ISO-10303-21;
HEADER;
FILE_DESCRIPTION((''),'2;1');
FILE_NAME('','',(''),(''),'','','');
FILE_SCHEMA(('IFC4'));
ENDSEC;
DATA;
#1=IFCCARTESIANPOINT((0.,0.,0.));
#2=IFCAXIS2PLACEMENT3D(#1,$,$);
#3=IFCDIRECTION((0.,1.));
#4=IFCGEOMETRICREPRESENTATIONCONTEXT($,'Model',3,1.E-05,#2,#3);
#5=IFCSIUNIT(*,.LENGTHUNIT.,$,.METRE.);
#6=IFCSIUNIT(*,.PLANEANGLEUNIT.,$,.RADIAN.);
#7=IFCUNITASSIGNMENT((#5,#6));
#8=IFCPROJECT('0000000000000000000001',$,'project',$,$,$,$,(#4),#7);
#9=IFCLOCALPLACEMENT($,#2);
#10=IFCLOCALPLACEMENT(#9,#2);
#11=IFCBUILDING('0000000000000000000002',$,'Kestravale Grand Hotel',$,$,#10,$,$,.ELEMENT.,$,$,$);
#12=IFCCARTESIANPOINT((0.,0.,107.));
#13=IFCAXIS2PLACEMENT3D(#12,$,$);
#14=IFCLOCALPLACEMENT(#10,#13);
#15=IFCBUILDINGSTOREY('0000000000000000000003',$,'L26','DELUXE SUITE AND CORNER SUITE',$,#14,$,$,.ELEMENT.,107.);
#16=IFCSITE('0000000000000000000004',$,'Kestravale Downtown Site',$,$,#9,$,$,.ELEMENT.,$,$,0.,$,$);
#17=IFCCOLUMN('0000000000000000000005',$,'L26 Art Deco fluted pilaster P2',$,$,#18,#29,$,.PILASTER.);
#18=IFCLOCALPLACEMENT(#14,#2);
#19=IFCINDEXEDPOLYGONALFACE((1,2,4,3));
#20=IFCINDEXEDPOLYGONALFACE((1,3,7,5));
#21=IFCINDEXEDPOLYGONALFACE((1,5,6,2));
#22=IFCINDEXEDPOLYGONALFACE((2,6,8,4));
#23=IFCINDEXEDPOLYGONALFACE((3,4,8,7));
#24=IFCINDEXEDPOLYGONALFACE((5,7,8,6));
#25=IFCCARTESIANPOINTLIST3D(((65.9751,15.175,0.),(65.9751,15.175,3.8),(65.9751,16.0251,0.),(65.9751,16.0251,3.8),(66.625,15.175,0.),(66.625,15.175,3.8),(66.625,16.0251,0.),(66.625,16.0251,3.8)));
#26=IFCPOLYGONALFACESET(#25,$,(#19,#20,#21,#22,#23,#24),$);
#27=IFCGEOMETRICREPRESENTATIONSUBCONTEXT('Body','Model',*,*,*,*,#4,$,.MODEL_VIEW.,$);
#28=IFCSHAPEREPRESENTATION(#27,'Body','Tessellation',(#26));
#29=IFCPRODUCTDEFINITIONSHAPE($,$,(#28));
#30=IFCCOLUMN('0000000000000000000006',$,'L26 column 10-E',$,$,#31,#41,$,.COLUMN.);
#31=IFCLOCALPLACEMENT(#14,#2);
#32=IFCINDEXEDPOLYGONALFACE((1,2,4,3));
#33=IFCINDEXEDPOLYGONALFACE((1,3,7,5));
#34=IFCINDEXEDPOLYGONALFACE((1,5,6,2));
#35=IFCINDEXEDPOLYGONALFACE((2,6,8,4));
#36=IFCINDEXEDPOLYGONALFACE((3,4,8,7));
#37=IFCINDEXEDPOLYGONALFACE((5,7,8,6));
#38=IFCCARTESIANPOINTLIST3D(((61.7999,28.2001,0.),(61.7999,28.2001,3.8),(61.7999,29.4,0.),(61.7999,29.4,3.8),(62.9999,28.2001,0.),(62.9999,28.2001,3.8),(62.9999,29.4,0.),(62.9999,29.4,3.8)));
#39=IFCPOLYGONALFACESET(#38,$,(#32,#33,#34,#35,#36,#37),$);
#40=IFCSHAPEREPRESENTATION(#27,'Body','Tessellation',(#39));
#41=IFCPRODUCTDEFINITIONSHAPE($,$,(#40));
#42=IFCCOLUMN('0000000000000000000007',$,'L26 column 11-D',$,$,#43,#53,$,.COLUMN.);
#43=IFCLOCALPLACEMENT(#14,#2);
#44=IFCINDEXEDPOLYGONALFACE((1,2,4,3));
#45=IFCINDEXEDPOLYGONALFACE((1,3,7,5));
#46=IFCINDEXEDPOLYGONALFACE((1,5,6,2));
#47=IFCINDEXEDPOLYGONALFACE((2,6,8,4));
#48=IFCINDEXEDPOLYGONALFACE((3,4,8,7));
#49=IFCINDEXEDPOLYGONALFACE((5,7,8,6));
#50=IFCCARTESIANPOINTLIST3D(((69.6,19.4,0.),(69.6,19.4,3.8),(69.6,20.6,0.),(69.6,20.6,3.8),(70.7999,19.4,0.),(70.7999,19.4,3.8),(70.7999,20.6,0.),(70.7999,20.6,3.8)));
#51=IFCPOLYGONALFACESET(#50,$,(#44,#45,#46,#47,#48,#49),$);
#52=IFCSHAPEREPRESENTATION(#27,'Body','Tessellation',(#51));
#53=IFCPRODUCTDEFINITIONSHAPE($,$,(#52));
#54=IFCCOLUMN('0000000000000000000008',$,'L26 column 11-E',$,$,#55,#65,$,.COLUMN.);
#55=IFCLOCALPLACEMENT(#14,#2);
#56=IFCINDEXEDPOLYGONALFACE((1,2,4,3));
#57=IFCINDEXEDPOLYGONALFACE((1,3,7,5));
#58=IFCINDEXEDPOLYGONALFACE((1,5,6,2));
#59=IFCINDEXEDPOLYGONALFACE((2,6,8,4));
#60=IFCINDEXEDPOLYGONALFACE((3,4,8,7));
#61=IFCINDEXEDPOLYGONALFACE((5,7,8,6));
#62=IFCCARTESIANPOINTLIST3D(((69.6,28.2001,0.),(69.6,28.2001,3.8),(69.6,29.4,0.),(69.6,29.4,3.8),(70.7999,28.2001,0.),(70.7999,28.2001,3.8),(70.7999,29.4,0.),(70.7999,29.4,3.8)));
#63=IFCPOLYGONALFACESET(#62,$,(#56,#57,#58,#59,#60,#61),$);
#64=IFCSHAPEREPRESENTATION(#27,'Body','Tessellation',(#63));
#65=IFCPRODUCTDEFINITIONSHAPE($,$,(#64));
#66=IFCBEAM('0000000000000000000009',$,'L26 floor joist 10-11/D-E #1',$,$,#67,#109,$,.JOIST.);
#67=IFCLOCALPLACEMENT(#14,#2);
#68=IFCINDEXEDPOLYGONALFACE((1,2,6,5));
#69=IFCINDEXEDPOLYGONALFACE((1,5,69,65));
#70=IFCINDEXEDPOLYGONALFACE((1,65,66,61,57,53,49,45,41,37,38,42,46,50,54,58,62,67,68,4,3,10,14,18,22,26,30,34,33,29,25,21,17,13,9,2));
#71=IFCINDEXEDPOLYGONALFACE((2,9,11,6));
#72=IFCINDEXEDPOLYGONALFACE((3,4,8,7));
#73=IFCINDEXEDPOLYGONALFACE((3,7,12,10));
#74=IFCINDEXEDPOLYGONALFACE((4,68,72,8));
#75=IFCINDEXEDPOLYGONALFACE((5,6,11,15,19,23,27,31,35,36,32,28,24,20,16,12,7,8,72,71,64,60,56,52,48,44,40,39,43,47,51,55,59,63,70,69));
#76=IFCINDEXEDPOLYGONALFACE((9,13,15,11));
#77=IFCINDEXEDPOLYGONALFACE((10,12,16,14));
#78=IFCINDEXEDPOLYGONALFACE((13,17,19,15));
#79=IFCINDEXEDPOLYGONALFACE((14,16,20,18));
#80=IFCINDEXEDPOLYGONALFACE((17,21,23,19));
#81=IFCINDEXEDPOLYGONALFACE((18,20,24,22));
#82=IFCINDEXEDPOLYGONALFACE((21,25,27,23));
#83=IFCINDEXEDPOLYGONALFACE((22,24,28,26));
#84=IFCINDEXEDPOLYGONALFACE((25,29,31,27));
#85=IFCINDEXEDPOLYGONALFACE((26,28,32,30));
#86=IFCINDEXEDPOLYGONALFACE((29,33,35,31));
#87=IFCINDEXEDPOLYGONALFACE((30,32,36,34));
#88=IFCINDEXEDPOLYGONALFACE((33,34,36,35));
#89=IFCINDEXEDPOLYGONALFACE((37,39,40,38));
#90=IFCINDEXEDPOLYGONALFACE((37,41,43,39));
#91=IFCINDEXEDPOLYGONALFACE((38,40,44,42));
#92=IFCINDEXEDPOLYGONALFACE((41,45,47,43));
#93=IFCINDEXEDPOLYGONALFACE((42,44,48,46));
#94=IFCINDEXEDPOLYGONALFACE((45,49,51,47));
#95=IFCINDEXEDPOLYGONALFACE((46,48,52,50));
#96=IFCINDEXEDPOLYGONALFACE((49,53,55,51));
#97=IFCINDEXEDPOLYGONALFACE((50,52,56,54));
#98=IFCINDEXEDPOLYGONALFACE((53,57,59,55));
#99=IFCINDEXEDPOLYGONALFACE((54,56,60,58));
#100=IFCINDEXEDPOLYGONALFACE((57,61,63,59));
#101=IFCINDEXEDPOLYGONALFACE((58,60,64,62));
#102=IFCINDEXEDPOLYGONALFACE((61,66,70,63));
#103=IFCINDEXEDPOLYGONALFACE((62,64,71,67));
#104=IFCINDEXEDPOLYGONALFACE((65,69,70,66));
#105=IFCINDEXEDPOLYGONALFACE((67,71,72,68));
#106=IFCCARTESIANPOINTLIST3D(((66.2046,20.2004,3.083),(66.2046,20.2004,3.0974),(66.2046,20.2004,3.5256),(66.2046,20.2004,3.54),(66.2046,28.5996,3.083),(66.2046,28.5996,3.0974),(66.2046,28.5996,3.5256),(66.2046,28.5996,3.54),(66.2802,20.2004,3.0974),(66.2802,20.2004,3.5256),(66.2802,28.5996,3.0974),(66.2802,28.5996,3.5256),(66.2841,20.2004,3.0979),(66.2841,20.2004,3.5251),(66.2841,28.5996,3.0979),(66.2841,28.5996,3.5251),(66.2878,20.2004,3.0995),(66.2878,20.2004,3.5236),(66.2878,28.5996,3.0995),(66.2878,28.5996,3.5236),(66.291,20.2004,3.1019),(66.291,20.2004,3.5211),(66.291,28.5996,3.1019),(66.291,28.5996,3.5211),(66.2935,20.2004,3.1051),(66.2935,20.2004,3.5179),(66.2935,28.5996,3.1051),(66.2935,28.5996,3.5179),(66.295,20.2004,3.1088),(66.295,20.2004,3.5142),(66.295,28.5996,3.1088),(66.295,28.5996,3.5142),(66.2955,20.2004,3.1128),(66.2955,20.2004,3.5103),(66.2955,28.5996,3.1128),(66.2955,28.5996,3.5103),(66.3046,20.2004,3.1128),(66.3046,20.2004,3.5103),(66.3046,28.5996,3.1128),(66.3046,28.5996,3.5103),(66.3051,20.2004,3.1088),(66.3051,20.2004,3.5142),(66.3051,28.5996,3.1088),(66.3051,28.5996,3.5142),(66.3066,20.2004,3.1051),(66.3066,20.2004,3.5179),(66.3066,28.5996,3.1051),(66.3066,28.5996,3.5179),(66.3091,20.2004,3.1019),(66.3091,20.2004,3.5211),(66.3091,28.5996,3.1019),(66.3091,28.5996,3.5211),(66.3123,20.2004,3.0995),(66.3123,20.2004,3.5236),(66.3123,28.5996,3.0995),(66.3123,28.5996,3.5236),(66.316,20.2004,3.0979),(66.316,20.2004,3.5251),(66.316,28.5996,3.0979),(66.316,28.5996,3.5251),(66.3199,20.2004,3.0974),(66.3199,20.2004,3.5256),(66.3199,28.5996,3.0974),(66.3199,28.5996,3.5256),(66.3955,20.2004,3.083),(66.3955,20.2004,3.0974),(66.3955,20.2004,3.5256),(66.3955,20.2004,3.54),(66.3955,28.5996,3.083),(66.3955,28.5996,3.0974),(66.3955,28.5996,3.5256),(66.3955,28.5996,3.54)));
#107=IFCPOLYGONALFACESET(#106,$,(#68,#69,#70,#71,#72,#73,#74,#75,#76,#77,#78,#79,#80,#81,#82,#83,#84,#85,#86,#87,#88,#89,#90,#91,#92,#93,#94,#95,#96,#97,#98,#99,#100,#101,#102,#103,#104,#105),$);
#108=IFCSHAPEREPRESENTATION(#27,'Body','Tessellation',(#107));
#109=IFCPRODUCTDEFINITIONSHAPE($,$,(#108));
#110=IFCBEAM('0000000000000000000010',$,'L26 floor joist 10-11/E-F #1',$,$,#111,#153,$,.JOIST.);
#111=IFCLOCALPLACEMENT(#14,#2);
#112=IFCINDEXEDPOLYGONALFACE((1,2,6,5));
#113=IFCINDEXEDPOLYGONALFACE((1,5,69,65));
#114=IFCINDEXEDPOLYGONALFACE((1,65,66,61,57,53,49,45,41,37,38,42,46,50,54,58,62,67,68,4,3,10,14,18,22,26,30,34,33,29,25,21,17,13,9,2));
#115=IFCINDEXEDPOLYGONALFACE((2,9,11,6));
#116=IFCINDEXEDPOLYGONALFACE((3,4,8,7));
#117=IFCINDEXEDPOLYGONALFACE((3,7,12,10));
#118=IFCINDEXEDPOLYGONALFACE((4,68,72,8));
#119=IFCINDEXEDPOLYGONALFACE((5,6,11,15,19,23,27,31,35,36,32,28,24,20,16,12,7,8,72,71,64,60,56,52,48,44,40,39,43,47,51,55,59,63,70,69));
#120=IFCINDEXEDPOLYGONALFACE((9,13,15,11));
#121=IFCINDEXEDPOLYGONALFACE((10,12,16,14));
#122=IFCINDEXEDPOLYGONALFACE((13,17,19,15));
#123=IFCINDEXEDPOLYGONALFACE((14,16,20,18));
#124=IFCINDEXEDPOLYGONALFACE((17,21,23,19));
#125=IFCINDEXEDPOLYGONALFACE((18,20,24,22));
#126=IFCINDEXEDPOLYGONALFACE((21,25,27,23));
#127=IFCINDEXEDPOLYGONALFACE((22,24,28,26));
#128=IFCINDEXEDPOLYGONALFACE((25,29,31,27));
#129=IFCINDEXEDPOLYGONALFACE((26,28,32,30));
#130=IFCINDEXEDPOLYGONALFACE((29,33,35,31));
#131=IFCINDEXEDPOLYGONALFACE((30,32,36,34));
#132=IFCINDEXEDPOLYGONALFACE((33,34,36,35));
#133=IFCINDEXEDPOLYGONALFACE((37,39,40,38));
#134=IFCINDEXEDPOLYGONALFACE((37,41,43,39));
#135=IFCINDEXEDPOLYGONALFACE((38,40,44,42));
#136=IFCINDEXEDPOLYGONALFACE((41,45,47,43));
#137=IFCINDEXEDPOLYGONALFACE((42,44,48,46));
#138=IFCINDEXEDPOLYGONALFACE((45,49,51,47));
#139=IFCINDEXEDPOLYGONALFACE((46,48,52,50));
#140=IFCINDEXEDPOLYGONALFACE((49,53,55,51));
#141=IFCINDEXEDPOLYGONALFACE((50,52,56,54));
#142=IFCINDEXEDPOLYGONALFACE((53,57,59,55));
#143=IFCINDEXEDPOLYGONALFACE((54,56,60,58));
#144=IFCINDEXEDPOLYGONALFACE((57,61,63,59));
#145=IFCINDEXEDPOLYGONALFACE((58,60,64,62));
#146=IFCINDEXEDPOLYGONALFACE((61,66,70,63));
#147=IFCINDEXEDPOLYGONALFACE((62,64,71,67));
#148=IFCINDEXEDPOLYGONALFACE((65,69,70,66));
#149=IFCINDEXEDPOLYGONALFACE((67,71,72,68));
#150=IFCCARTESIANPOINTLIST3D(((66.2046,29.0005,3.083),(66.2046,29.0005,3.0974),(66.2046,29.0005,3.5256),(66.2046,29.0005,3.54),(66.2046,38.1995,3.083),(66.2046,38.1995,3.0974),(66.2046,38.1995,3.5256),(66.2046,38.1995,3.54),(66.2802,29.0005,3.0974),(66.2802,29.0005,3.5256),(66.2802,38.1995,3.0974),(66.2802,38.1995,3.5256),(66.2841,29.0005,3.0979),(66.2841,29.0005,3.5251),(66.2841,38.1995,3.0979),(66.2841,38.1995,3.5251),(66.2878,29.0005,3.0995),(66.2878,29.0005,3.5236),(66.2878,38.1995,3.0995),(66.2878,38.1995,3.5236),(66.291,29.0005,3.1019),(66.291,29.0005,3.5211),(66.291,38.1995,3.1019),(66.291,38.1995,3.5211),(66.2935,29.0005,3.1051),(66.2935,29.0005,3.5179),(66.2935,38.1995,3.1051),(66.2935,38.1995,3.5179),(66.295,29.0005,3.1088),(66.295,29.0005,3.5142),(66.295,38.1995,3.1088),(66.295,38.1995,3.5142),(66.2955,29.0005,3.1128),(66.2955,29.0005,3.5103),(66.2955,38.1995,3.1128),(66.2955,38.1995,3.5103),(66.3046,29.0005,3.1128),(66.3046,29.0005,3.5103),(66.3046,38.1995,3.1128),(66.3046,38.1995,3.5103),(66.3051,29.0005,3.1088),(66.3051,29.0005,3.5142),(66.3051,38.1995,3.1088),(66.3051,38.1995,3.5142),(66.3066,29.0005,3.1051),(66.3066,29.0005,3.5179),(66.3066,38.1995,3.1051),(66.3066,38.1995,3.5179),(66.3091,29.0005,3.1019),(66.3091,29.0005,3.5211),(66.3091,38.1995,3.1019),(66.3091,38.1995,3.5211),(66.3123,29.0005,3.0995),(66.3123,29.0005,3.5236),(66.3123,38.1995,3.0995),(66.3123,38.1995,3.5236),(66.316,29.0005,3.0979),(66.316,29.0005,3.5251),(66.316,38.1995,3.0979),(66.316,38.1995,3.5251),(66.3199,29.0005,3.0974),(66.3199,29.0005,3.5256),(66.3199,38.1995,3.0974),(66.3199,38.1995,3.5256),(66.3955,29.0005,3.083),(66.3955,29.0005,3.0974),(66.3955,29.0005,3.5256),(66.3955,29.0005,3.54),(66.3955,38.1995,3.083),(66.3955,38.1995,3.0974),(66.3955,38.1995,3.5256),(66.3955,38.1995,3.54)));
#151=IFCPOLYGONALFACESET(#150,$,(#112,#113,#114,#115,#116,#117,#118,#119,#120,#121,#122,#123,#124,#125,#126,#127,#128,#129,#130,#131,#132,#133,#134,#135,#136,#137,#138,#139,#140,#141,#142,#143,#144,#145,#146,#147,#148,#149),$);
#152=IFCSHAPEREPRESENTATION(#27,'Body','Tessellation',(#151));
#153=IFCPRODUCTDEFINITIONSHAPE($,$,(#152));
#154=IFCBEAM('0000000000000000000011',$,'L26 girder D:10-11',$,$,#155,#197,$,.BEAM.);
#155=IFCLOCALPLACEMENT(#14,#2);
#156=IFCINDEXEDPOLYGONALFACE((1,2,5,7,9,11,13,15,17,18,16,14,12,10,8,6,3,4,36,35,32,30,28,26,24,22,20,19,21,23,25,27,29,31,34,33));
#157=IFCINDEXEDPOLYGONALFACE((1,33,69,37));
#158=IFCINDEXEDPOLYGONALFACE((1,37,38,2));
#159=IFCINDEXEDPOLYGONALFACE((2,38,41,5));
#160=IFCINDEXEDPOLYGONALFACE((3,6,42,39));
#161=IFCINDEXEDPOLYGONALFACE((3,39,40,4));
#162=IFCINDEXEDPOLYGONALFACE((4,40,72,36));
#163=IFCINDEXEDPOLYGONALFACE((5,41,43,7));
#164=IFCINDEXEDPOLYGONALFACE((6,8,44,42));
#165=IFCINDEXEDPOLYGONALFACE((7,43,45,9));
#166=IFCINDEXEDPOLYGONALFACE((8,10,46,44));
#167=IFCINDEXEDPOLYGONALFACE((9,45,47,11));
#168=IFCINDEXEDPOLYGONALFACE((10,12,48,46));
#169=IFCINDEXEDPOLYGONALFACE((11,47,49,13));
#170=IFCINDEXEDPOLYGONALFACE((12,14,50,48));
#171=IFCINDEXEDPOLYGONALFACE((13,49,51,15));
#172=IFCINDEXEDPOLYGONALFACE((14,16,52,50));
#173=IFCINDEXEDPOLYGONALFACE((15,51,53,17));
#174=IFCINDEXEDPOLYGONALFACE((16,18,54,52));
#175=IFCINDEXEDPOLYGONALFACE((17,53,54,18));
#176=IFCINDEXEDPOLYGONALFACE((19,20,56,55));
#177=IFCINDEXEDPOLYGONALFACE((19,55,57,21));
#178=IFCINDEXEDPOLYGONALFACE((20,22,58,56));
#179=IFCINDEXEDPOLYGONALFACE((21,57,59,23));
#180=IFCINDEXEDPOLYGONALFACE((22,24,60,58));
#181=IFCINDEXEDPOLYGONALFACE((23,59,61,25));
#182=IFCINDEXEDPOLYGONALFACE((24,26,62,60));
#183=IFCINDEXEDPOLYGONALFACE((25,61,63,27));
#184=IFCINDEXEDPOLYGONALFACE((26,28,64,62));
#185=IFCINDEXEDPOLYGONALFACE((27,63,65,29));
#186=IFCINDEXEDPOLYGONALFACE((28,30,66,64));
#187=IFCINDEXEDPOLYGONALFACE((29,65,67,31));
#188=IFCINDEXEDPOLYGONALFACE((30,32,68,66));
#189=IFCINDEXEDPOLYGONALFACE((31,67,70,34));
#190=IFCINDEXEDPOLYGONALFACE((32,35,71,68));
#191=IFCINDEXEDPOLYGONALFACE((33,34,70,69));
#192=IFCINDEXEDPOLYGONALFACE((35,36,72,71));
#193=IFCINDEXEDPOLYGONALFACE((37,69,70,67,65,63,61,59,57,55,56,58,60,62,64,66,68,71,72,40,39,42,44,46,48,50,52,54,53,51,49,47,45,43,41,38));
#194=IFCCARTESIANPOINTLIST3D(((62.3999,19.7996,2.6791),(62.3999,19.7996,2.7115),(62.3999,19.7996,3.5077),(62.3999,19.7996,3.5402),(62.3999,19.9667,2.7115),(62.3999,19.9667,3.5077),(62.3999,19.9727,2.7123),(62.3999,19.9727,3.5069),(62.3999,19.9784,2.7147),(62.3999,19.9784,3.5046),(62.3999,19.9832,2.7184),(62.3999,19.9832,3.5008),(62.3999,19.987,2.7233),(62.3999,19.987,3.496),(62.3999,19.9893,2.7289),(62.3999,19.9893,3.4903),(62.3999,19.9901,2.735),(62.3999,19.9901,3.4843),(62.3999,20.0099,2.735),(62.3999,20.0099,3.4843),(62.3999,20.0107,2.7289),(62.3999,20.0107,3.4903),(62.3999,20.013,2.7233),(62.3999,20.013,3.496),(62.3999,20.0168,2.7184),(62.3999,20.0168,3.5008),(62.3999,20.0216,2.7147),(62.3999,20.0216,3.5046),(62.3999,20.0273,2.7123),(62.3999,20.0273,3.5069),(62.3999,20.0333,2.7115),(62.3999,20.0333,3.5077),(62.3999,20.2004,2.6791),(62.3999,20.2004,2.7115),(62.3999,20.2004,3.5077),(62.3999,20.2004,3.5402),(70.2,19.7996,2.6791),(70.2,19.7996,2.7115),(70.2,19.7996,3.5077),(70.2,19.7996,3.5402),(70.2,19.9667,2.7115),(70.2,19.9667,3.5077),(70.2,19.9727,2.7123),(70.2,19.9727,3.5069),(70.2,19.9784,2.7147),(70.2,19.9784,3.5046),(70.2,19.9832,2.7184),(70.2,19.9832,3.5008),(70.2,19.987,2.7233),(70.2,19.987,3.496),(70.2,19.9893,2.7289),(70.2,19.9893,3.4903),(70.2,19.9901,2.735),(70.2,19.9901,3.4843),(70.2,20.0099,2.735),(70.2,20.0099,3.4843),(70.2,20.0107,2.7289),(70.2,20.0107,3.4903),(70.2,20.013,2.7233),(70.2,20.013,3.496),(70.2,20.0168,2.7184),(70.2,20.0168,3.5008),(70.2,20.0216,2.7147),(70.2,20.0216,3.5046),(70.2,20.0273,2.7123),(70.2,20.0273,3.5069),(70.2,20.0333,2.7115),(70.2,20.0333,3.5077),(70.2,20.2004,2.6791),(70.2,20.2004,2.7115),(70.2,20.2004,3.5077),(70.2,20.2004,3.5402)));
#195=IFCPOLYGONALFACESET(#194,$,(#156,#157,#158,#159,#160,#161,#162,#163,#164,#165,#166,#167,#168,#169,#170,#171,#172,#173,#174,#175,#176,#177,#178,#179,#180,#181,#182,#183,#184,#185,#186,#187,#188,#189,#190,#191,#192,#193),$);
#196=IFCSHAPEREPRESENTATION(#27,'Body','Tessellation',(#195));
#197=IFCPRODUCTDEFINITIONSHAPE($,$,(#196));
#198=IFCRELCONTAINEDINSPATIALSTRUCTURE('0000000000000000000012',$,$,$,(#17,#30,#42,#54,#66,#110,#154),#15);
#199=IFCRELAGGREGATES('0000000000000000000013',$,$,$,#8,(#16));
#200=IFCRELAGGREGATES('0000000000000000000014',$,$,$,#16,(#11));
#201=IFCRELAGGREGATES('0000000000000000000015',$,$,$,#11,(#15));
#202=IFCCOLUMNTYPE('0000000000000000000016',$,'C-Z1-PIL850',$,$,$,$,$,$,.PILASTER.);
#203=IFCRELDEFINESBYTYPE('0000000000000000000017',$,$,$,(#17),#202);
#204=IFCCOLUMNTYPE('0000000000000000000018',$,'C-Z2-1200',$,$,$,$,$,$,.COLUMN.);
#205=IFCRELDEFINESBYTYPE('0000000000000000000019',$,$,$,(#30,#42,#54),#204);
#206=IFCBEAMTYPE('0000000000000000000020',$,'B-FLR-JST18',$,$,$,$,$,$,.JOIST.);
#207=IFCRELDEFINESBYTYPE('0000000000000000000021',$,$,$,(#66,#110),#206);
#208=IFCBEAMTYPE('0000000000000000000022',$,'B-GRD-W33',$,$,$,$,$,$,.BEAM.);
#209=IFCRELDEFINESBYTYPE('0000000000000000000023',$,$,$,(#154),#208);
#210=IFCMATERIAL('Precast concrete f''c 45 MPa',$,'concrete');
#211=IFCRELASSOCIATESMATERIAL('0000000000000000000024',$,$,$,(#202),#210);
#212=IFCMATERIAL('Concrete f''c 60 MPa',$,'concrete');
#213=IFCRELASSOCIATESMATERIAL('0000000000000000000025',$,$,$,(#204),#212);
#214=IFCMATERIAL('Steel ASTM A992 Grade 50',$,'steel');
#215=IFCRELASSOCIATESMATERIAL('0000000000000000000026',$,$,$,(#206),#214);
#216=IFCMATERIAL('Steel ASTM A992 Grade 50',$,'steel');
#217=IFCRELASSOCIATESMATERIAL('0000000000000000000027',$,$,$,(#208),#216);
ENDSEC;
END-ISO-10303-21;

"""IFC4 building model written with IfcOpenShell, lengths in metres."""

from ifc_helpers import new_model, si_unit, direction, frame, origin, origin_2d, place, context, subcontext, project, spatial, rectangle, i_section, extrude, material, material_profile, profile_set, type_object, element, save


model = new_model("IFC4")

# Units and contexts
model_context = context("Model", 3, precision=1e-05, world=origin(), true_north=direction((0.0, 1.0)))
body_context = subcontext(model_context, "Body", "Model", "MODEL_VIEW")
ifc_project = project(units=[si_unit("LENGTHUNIT", "METRE"), si_unit("PLANEANGLEUNIT", "RADIAN")], contexts=[model_context])

# Site, building, storey
site_placement = place(None, origin())
site = spatial("IfcSite", under=ifc_project, at=site_placement, Name="Kestravale Downtown Site", CompositionType="ELEMENT", RefElevation=0.0)
building_placement = place(site_placement, origin())
building = spatial("IfcBuilding", under=site, at=building_placement, Name="Kestravale Grand Hotel", CompositionType="ELEMENT")
storey_placement = place(building_placement, frame((0.0, 0.0, 107.0)))
storey = spatial("IfcBuildingStorey", under=building, at=storey_placement, Name="L26", Description="DELUXE SUITE AND CORNER SUITE", CompositionType="ELEMENT", Elevation=107.0)

# Columns
ifc_material_1 = material(Name="Precast concrete f'c 45 MPa", Category="concrete")
ifc_material_profile_1 = material_profile(ifc_material_1, rectangle(XDim=0.6499, YDim=0.8501, at=origin_2d()))
ifc_profile_set_1 = profile_set([ifc_material_profile_1], Name="Precast concrete f'c 45 MPa")
column_type_1 = type_object("IfcColumnType", Name="C-Z1-PIL850", PredefinedType="PILASTER", material=ifc_profile_set_1)
column_placement = place(storey_placement, frame((66.3, 15.6001, 0.0), z_axis=(0.0, 0.0, 1.0), x_axis=(1.0, 0.0, 0.0)))
element("IfcColumn", 1, at=column_placement, inside=storey, type_object=column_type_1, Name="L26 Art Deco fluted pilaster P2", PredefinedType="PILASTER", context=body_context, shape_type="SweptSolid", body=[
    extrude(rectangle(XDim=0.6499, YDim=0.8501, at=origin_2d()), origin(), (0.0, 0.0, 1.0), 3.8),
])
ifc_material_2 = material(Name="Concrete f'c 60 MPa", Category="concrete")
ifc_material_profile_2 = material_profile(ifc_material_2, rectangle(XDim=1.2, YDim=1.2, at=origin_2d()))
ifc_profile_set_2 = profile_set([ifc_material_profile_2], Name="Concrete f'c 60 MPa")
column_type_2 = type_object("IfcColumnType", Name="C-Z2-1200", PredefinedType="COLUMN", material=ifc_profile_set_2)
for number, where, z_axis, x_axis, name in (
    (2, (62.3999, 28.8, 0.0), (0.0, 0.0, 1.0), (1.0, 0.0, 0.0), "L26 column 10-E"),
    (3, (70.2, 20.0, 0.0), (0.0, 0.0, 1.0), (1.0, 0.0, 0.0), "L26 column 11-D"),
    (4, (70.2, 28.8, 0.0), (0.0, 0.0, 1.0), (1.0, 0.0, 0.0), "L26 column 11-E"),
):
    element("IfcColumn", number, at=place(storey_placement, frame(where, z_axis=z_axis, x_axis=x_axis)), inside=storey, type_object=column_type_2, Name=name, PredefinedType="COLUMN", context=body_context, shape_type="SweptSolid", body=[
        extrude(rectangle(XDim=1.2, YDim=1.2, at=origin_2d()), origin(), (0.0, 0.0, 1.0), 3.8),
    ])

# Beams
ifc_material_3 = material(Name="Steel ASTM A992 Grade 50", Category="steel")
ifc_material_profile_3 = material_profile(ifc_material_3, i_section(OverallWidth=0.1909, OverallDepth=0.457, WebThickness=0.009, FlangeThickness=0.0144, FilletRadius=0.0154, at=origin_2d()))
ifc_profile_set_3 = profile_set([ifc_material_profile_3], Name="Steel ASTM A992 Grade 50")
beam_type_1 = type_object("IfcBeamType", Name="B-FLR-JST18", PredefinedType="JOIST", material=ifc_profile_set_3)
beam_1_placement = place(storey_placement, frame((66.3, 20.2004, 3.3115), z_axis=(0.0, 1.0, 0.0), x_axis=(-1.0, 0.0, 0.0)))
element("IfcBeam", 5, at=beam_1_placement, inside=storey, type_object=beam_type_1, Name="L26 floor joist 10-11/D-E #1", PredefinedType="JOIST", context=body_context, shape_type="SweptSolid", body=[
    extrude(i_section(OverallWidth=0.1909, OverallDepth=0.457, WebThickness=0.009, FlangeThickness=0.0144, FilletRadius=0.0154, at=origin_2d()), origin(), (0.0, 0.0, 1.0), 8.3992),
])
beam_2_placement = place(storey_placement, frame((66.3, 29.0005, 3.3115), z_axis=(0.0, 1.0, 0.0), x_axis=(-1.0, 0.0, 0.0)))
element("IfcBeam", 6, at=beam_2_placement, inside=storey, type_object=beam_type_1, Name="L26 floor joist 10-11/E-F #1", PredefinedType="JOIST", context=body_context, shape_type="SweptSolid", body=[
    extrude(i_section(OverallWidth=0.1909, OverallDepth=0.457, WebThickness=0.009, FlangeThickness=0.0144, FilletRadius=0.0154, at=origin_2d()), origin(), (0.0, 0.0, 1.0), 9.199),
])
ifc_material_4 = material(Name="Steel ASTM A992 Grade 50", Category="steel")
ifc_material_profile_4 = material_profile(ifc_material_4, i_section(OverallWidth=0.4009, OverallDepth=0.8611, WebThickness=0.0198, FlangeThickness=0.0325, FilletRadius=0.0234, at=origin_2d()))
ifc_profile_set_4 = profile_set([ifc_material_profile_4], Name="Steel ASTM A992 Grade 50")
beam_type_2 = type_object("IfcBeamType", Name="B-GRD-W33", PredefinedType="BEAM", material=ifc_profile_set_4)
for number, where, z_axis, x_axis, name in (
    (7, (62.3999, 20.0, 3.1096), (1.0, 0.0, 0.0), (0.0, 1.0, 0.0), "L26 girder D:10-11"),
):
    element("IfcBeam", number, at=place(storey_placement, frame(where, z_axis=z_axis, x_axis=x_axis)), inside=storey, type_object=beam_type_2, Name=name, PredefinedType="BEAM", context=body_context, shape_type="SweptSolid", body=[
        extrude(i_section(OverallWidth=0.4009, OverallDepth=0.8611, WebThickness=0.0198, FlangeThickness=0.0325, FilletRadius=0.0234, at=origin_2d()), origin(), (0.0, 0.0, 1.0), 7.8),
    ])

save(model, "model.ifc")
